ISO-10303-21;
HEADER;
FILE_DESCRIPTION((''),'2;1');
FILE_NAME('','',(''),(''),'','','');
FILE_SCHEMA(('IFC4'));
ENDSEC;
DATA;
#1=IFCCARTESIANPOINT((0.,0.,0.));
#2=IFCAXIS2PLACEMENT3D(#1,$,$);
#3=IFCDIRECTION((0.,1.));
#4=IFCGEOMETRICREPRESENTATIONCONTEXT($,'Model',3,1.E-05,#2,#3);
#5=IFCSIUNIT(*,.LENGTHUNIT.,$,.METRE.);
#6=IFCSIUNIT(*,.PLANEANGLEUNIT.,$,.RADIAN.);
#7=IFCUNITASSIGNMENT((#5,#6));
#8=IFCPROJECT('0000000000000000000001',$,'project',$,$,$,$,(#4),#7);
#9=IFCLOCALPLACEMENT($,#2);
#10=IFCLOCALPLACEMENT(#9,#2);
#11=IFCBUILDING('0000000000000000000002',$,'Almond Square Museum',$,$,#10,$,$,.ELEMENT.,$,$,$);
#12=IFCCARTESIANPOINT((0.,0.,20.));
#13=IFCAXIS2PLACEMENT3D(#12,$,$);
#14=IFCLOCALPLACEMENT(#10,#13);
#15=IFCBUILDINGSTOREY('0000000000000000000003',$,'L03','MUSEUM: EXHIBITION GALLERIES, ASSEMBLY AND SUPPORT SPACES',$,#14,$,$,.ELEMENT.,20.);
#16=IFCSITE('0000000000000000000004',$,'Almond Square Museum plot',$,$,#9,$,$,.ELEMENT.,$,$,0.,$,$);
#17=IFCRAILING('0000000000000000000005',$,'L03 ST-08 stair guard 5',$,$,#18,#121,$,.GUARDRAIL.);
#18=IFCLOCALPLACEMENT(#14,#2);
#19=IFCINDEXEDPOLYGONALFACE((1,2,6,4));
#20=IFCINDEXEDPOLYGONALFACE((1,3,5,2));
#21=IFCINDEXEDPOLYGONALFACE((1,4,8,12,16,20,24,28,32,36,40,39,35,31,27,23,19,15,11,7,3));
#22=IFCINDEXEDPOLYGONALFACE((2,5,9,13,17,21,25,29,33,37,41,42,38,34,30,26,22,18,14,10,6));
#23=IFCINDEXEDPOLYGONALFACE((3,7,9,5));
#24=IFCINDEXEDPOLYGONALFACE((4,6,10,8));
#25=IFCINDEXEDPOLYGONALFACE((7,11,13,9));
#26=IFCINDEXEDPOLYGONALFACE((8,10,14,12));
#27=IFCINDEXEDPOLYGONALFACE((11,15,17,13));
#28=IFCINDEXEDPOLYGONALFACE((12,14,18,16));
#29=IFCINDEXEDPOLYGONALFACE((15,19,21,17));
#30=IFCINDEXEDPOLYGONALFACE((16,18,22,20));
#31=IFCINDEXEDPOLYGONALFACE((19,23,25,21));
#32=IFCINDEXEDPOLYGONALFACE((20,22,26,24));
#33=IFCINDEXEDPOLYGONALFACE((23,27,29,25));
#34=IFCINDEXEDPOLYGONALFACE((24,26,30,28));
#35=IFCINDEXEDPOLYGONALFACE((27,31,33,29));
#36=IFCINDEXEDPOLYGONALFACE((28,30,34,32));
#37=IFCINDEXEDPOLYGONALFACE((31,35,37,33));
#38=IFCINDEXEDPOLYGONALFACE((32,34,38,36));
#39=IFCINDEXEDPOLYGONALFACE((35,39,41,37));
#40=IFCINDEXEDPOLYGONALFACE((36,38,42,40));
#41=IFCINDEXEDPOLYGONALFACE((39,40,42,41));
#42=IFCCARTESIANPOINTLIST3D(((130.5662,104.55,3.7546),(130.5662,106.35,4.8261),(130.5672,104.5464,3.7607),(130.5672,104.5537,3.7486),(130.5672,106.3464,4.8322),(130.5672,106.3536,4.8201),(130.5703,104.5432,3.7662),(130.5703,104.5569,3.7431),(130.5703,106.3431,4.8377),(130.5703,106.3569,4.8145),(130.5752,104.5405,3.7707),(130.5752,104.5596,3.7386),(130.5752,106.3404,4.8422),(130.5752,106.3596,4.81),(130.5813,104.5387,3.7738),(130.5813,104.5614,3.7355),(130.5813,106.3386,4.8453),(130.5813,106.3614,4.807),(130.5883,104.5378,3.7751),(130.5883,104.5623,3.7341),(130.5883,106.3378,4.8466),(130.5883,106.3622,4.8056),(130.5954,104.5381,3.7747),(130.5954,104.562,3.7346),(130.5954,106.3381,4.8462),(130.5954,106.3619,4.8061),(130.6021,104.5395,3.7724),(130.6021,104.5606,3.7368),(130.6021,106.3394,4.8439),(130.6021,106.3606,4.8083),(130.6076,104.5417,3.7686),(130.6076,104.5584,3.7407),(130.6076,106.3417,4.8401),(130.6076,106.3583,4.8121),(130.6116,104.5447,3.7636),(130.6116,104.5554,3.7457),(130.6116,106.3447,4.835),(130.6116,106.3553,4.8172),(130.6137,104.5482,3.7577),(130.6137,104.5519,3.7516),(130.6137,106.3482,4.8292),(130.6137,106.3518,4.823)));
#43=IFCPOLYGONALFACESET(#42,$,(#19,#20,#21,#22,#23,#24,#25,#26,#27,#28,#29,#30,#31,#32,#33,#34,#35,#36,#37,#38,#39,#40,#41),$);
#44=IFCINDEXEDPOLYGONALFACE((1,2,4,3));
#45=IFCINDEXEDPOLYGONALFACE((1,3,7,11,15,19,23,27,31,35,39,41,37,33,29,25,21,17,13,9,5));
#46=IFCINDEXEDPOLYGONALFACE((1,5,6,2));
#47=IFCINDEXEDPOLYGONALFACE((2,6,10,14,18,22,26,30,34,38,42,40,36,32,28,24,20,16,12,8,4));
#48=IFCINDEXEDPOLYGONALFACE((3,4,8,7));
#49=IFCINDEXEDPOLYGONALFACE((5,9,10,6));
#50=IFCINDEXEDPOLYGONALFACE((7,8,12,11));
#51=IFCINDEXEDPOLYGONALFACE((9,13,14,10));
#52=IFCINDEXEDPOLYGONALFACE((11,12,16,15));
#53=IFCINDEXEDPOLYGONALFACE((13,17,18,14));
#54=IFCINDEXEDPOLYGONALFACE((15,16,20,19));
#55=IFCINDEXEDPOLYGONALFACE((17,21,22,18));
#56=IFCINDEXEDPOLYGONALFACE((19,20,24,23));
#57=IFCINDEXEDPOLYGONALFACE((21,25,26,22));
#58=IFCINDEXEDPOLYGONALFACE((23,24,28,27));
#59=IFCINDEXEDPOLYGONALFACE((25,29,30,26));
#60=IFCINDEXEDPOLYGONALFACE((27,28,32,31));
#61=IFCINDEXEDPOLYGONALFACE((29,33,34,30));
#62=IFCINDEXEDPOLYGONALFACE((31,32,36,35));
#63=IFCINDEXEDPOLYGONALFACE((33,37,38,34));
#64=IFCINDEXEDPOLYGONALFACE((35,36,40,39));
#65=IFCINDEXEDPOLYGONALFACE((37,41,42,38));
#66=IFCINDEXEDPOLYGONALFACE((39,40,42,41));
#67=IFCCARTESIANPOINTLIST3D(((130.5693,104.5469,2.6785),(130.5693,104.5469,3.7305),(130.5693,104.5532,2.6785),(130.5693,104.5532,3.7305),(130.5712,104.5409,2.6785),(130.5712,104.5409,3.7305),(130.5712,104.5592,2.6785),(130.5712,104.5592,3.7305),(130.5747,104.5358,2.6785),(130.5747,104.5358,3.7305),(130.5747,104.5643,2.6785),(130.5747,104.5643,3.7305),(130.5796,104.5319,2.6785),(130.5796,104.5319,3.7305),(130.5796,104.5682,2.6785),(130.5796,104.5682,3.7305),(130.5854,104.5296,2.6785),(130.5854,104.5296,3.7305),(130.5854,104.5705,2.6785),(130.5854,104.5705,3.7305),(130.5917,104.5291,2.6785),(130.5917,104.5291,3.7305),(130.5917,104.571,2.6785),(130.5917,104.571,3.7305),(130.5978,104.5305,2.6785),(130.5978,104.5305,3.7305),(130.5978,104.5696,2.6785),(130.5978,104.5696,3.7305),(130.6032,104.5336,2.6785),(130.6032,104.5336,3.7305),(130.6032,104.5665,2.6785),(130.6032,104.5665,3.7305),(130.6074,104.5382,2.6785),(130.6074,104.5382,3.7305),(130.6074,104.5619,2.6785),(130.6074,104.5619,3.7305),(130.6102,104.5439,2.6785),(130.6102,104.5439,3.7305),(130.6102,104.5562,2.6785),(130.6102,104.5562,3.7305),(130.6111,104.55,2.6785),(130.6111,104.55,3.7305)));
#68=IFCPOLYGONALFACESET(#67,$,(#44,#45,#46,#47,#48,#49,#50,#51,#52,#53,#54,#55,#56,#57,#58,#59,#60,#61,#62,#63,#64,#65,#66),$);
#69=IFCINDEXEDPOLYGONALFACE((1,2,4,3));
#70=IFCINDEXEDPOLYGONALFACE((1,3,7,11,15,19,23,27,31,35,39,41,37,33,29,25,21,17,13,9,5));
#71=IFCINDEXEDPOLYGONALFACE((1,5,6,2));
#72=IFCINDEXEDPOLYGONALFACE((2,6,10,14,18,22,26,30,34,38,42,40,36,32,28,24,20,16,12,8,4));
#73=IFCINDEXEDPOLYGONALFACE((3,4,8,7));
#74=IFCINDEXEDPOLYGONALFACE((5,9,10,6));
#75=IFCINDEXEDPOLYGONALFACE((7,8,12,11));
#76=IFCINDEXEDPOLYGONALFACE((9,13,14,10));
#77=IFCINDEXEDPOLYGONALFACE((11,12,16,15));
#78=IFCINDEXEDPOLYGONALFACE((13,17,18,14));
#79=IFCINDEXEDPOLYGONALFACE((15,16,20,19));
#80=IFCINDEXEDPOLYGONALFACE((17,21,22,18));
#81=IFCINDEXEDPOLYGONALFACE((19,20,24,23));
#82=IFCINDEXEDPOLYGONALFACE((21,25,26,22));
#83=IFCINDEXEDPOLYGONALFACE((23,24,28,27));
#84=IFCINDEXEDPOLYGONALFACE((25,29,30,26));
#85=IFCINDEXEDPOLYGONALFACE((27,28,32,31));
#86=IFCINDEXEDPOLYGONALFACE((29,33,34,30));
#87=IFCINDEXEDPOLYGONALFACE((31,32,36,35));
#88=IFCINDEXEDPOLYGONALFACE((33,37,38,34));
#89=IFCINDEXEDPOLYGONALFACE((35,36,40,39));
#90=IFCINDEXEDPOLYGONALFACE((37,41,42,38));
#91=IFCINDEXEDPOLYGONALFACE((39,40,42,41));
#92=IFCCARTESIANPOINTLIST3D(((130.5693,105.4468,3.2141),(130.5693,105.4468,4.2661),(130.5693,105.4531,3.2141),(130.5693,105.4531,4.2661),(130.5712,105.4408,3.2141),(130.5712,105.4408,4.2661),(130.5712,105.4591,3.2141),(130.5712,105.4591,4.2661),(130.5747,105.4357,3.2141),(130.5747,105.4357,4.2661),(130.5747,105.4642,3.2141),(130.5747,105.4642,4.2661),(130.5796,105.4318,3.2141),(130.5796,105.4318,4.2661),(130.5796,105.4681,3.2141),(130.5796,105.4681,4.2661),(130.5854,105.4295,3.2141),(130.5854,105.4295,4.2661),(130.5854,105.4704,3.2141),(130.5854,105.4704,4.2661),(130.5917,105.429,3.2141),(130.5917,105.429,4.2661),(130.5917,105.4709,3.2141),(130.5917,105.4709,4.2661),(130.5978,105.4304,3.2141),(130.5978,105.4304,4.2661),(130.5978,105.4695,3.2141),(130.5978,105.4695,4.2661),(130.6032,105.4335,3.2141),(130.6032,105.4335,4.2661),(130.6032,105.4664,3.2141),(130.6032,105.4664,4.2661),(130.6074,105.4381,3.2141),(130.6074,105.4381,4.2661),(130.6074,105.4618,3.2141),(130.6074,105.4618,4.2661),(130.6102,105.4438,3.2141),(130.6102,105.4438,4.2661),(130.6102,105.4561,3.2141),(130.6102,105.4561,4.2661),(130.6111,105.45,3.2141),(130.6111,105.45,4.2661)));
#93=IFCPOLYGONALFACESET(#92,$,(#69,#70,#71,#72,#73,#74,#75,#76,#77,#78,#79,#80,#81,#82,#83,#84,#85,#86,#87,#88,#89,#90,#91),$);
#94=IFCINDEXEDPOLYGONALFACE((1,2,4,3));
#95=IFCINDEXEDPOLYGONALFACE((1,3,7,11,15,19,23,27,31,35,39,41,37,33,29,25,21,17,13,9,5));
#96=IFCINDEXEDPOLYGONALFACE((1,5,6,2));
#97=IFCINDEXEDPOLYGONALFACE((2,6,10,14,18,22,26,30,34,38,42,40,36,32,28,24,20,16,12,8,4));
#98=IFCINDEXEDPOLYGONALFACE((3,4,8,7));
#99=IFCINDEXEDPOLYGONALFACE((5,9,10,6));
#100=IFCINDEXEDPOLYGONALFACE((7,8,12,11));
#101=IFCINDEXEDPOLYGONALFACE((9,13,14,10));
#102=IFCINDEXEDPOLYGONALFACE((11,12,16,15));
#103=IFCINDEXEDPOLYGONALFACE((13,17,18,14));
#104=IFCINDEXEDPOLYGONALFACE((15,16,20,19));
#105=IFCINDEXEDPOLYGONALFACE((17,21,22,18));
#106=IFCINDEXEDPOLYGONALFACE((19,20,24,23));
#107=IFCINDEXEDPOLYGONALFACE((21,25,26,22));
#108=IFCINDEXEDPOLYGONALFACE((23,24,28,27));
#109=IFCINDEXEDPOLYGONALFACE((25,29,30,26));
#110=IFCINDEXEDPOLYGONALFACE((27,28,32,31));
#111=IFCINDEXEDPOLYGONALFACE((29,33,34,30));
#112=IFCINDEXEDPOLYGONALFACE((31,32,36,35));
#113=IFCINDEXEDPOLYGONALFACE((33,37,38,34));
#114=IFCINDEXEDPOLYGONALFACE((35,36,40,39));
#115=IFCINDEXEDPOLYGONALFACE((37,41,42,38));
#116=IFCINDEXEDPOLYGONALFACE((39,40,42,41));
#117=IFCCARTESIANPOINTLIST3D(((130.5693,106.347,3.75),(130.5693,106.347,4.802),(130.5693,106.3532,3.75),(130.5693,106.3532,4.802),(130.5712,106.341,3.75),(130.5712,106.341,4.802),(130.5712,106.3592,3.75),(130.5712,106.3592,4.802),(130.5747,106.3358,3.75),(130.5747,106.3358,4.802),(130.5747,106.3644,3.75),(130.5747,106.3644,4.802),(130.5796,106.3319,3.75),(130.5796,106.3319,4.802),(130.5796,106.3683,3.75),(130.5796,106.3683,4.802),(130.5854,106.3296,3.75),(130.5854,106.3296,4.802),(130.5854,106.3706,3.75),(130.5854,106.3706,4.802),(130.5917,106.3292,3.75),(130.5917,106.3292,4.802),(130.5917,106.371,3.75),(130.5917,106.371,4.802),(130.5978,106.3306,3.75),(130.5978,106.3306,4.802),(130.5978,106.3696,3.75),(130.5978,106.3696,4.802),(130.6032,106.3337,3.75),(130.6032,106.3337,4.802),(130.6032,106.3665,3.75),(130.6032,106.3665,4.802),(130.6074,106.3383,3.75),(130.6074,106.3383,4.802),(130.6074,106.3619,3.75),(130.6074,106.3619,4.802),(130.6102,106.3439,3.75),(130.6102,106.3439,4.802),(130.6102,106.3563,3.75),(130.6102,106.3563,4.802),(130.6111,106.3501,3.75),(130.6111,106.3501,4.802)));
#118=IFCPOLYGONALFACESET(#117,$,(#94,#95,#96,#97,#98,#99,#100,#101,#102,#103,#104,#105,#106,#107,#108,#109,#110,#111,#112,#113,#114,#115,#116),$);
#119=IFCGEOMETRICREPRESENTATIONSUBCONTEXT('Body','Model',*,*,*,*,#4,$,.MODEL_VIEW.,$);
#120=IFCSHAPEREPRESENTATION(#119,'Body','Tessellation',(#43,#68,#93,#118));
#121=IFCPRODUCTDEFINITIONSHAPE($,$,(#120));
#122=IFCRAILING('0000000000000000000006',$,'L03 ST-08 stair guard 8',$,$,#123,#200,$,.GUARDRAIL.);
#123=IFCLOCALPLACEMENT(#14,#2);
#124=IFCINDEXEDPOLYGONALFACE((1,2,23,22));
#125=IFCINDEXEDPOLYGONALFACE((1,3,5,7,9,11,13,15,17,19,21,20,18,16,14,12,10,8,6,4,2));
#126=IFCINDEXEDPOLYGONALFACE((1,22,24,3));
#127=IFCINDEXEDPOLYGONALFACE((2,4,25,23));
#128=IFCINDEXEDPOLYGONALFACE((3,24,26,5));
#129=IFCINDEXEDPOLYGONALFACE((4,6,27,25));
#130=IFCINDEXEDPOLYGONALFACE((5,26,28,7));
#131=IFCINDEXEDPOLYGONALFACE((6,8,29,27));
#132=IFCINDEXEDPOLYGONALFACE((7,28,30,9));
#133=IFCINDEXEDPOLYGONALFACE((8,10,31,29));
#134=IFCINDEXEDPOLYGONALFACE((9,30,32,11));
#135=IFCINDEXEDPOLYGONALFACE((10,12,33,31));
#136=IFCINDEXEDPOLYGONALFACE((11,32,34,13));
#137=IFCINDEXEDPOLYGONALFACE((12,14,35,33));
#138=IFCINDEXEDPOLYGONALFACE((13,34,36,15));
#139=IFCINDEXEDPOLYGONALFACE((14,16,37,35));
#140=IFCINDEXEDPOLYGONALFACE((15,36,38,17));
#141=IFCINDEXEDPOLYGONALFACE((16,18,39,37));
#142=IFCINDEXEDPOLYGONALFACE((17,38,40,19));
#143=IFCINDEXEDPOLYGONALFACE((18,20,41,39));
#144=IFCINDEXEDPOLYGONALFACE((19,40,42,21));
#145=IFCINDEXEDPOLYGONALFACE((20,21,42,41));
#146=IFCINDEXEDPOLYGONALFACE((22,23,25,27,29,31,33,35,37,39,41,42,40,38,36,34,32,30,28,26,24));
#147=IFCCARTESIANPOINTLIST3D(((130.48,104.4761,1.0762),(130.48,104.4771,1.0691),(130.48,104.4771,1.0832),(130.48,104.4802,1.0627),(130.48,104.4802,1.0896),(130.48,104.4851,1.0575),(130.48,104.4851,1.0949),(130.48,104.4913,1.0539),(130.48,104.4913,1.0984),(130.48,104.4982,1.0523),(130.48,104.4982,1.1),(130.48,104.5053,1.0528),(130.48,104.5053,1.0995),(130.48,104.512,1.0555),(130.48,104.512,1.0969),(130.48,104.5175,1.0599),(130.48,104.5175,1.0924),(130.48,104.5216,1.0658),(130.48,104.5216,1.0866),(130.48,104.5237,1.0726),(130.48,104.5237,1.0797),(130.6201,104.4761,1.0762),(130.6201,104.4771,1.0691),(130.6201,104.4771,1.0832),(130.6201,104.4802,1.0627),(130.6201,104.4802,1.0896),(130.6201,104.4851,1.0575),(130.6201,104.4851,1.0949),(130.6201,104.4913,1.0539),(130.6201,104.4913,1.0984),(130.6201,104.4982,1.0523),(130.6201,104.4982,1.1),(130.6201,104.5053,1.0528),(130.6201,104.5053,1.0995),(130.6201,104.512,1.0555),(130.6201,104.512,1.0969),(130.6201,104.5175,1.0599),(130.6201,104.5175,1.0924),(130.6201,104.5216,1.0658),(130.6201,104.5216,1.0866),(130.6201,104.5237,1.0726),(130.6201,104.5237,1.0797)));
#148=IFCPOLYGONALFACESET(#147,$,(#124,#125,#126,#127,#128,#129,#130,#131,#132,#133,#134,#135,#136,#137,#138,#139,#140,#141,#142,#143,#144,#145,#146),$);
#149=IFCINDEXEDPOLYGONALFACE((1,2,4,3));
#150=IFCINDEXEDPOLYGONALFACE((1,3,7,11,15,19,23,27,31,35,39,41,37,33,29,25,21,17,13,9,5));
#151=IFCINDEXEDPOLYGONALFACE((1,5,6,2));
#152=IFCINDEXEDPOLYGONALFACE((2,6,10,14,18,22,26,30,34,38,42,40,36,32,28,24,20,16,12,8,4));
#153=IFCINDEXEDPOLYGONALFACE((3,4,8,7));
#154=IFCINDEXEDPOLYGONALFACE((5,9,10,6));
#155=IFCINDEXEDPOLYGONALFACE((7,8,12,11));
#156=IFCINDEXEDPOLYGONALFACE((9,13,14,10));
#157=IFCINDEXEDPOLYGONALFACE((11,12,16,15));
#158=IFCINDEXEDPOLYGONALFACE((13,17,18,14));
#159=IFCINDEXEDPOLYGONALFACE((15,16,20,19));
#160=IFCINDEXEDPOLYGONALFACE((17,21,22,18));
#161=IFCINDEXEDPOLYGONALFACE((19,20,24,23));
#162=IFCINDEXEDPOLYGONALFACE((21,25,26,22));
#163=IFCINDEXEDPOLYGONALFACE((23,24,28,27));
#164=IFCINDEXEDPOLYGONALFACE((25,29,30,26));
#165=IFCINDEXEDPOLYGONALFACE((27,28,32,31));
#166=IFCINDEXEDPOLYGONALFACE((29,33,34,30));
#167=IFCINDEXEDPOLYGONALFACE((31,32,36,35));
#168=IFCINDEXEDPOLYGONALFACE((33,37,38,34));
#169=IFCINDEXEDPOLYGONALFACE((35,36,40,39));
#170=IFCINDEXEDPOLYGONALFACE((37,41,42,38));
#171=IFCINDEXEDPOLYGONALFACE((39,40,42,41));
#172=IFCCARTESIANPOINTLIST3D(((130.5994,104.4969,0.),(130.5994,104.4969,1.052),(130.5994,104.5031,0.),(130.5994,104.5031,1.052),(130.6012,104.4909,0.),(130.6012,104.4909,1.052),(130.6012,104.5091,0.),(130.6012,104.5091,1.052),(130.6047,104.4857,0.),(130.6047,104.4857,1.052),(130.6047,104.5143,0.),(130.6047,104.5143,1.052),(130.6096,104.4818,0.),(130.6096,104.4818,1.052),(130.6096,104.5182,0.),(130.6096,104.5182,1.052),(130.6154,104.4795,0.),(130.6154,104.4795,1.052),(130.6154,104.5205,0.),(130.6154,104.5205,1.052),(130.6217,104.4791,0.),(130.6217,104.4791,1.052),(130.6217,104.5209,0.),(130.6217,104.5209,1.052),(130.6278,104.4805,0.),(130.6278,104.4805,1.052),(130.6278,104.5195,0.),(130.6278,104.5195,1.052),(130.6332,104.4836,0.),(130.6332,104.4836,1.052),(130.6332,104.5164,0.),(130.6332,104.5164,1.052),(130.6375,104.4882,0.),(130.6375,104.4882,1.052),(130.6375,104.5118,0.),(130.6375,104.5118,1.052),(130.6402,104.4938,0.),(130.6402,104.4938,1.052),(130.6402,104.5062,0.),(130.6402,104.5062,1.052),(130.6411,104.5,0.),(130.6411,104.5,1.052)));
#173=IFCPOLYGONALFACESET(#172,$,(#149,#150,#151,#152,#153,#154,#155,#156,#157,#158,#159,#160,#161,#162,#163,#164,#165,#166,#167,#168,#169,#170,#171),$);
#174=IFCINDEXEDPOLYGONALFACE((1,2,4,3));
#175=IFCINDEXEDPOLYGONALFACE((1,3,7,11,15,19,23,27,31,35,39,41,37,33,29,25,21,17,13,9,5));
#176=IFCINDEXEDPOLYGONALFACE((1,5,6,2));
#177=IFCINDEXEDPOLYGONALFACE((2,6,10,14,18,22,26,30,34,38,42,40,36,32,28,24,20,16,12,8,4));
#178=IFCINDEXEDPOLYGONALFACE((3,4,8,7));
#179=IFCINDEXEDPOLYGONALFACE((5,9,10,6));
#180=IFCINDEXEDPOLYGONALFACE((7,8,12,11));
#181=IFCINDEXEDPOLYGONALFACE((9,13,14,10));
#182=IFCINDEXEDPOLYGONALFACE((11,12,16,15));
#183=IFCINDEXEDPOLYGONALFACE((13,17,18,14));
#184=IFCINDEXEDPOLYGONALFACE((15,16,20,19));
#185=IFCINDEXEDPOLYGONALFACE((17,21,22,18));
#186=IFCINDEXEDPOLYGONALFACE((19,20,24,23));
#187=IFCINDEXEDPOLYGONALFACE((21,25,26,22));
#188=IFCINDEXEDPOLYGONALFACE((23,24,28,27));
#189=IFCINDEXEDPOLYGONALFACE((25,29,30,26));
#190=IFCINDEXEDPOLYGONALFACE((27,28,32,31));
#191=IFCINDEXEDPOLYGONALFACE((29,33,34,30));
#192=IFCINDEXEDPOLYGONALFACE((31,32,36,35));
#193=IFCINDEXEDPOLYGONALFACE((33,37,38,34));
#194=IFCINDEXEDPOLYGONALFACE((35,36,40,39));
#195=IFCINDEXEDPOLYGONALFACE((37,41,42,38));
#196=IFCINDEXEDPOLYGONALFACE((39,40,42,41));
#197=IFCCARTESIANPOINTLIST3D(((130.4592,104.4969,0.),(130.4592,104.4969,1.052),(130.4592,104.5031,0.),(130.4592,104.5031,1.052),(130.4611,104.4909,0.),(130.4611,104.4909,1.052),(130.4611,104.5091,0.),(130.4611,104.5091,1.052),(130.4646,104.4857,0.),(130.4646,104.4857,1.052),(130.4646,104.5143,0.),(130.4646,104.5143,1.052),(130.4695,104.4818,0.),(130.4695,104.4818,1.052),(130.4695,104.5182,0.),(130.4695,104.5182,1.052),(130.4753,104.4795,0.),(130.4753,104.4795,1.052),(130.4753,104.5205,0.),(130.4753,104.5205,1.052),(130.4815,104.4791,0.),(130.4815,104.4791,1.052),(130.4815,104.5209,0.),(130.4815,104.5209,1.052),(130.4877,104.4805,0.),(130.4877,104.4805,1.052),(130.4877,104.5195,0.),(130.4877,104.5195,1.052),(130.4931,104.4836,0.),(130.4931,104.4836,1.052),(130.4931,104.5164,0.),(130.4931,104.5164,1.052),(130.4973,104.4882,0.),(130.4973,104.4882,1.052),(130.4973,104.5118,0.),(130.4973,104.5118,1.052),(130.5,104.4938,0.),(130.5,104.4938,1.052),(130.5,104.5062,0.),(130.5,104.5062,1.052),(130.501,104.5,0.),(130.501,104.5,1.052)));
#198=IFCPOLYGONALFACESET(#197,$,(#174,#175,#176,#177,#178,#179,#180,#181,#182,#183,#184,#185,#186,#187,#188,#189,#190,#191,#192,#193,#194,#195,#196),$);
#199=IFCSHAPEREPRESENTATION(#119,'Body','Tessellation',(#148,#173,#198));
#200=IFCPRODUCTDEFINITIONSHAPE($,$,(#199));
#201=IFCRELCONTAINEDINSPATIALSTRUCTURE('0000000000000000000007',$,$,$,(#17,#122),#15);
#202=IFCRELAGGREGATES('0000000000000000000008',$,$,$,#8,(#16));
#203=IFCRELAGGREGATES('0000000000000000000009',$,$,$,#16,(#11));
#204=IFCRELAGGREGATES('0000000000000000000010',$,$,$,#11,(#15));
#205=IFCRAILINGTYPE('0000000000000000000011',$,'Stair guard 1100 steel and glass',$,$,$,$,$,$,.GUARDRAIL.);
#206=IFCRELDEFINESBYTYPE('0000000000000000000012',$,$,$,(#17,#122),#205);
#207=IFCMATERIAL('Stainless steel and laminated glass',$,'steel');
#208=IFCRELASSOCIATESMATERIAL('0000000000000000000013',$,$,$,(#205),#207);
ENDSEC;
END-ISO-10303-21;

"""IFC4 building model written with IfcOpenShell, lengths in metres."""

from ifc_helpers import new_model, si_unit, direction, frame, origin, origin_2d, place, context, subcontext, project, spatial, circle, extrude, material, type_object, element, save


model = new_model("IFC4")

# Units and contexts
model_context = context("Model", 3, precision=1e-05, world=origin(), true_north=direction((0.0, 1.0)))
body_context = subcontext(model_context, "Body", "Model", "MODEL_VIEW")
ifc_project = project(units=[si_unit("LENGTHUNIT", "METRE"), si_unit("PLANEANGLEUNIT", "RADIAN")], contexts=[model_context])

# Site, building, storey
site_placement = place(None, origin())
site = spatial("IfcSite", under=ifc_project, at=site_placement, Name="Almond Square Museum plot", CompositionType="ELEMENT", RefElevation=0.0)
building_placement = place(site_placement, origin())
building = spatial("IfcBuilding", under=site, at=building_placement, Name="Almond Square Museum", CompositionType="ELEMENT")
storey_placement = place(building_placement, frame((0.0, 0.0, 20.0)))
storey = spatial("IfcBuildingStorey", under=building, at=storey_placement, Name="L03", Description="MUSEUM: EXHIBITION GALLERIES, ASSEMBLY AND SUPPORT SPACES", CompositionType="ELEMENT", Elevation=20.0)

# Railings
ifc_material_1 = material(Name="Stainless steel and laminated glass", Category="steel")
railing_type_1 = type_object("IfcRailingType", Name="Stair guard 1100 steel and glass", PredefinedType="GUARDRAIL", material=ifc_material_1)
railing_1_placement = place(storey_placement, frame((130.5901, 104.55, 2.6785)))
element("IfcRailing", 1, at=railing_1_placement, inside=storey, type_object=railing_type_1, Name="L03 ST-08 stair guard 5", PredefinedType="GUARDRAIL", context=body_context, shape_type="SweptSolid", body=[
    extrude(circle(Radius=0.0239, at=origin_2d()), frame((0.0, 0.0, 1.0762), z_axis=(0.0, 0.859277, 0.51151), x_axis=(-1.0, 0.0, 0.0)), (0.0, 0.0, 1.0), 2.0947),
    extrude(circle(Radius=0.021, at=origin_2d()), origin(), (0.0, 0.0, 1.0), 1.052),
    extrude(circle(Radius=0.021, at=origin_2d()), frame((0.0, 0.8999, 0.5356)), (0.0, 0.0, 1.0), 1.052),
    extrude(circle(Radius=0.021, at=origin_2d()), frame((0.0, 1.8, 1.0715)), (0.0, 0.0, 1.0), 1.052),
])
railing_2_placement = place(storey_placement, frame((130.6201, 104.5, 0.0)))
element("IfcRailing", 2, at=railing_2_placement, inside=storey, type_object=railing_type_1, Name="L03 ST-08 stair guard 8", PredefinedType="GUARDRAIL", context=body_context, shape_type="SweptSolid", body=[
    extrude(circle(Radius=0.0239, at=origin_2d()), frame((0.0, 0.0, 1.0762), z_axis=(-1.0, 0.0, 0.0), x_axis=(0.0, -1.0, 0.0)), (0.0, 0.0, 1.0), 0.1401),
    extrude(circle(Radius=0.021, at=origin_2d()), origin(), (0.0, 0.0, 1.0), 1.052),
    extrude(circle(Radius=0.021, at=origin_2d()), frame((-0.1401, 0.0, 0.0)), (0.0, 0.0, 1.0), 1.052),
])

save(model, "model.ifc")
